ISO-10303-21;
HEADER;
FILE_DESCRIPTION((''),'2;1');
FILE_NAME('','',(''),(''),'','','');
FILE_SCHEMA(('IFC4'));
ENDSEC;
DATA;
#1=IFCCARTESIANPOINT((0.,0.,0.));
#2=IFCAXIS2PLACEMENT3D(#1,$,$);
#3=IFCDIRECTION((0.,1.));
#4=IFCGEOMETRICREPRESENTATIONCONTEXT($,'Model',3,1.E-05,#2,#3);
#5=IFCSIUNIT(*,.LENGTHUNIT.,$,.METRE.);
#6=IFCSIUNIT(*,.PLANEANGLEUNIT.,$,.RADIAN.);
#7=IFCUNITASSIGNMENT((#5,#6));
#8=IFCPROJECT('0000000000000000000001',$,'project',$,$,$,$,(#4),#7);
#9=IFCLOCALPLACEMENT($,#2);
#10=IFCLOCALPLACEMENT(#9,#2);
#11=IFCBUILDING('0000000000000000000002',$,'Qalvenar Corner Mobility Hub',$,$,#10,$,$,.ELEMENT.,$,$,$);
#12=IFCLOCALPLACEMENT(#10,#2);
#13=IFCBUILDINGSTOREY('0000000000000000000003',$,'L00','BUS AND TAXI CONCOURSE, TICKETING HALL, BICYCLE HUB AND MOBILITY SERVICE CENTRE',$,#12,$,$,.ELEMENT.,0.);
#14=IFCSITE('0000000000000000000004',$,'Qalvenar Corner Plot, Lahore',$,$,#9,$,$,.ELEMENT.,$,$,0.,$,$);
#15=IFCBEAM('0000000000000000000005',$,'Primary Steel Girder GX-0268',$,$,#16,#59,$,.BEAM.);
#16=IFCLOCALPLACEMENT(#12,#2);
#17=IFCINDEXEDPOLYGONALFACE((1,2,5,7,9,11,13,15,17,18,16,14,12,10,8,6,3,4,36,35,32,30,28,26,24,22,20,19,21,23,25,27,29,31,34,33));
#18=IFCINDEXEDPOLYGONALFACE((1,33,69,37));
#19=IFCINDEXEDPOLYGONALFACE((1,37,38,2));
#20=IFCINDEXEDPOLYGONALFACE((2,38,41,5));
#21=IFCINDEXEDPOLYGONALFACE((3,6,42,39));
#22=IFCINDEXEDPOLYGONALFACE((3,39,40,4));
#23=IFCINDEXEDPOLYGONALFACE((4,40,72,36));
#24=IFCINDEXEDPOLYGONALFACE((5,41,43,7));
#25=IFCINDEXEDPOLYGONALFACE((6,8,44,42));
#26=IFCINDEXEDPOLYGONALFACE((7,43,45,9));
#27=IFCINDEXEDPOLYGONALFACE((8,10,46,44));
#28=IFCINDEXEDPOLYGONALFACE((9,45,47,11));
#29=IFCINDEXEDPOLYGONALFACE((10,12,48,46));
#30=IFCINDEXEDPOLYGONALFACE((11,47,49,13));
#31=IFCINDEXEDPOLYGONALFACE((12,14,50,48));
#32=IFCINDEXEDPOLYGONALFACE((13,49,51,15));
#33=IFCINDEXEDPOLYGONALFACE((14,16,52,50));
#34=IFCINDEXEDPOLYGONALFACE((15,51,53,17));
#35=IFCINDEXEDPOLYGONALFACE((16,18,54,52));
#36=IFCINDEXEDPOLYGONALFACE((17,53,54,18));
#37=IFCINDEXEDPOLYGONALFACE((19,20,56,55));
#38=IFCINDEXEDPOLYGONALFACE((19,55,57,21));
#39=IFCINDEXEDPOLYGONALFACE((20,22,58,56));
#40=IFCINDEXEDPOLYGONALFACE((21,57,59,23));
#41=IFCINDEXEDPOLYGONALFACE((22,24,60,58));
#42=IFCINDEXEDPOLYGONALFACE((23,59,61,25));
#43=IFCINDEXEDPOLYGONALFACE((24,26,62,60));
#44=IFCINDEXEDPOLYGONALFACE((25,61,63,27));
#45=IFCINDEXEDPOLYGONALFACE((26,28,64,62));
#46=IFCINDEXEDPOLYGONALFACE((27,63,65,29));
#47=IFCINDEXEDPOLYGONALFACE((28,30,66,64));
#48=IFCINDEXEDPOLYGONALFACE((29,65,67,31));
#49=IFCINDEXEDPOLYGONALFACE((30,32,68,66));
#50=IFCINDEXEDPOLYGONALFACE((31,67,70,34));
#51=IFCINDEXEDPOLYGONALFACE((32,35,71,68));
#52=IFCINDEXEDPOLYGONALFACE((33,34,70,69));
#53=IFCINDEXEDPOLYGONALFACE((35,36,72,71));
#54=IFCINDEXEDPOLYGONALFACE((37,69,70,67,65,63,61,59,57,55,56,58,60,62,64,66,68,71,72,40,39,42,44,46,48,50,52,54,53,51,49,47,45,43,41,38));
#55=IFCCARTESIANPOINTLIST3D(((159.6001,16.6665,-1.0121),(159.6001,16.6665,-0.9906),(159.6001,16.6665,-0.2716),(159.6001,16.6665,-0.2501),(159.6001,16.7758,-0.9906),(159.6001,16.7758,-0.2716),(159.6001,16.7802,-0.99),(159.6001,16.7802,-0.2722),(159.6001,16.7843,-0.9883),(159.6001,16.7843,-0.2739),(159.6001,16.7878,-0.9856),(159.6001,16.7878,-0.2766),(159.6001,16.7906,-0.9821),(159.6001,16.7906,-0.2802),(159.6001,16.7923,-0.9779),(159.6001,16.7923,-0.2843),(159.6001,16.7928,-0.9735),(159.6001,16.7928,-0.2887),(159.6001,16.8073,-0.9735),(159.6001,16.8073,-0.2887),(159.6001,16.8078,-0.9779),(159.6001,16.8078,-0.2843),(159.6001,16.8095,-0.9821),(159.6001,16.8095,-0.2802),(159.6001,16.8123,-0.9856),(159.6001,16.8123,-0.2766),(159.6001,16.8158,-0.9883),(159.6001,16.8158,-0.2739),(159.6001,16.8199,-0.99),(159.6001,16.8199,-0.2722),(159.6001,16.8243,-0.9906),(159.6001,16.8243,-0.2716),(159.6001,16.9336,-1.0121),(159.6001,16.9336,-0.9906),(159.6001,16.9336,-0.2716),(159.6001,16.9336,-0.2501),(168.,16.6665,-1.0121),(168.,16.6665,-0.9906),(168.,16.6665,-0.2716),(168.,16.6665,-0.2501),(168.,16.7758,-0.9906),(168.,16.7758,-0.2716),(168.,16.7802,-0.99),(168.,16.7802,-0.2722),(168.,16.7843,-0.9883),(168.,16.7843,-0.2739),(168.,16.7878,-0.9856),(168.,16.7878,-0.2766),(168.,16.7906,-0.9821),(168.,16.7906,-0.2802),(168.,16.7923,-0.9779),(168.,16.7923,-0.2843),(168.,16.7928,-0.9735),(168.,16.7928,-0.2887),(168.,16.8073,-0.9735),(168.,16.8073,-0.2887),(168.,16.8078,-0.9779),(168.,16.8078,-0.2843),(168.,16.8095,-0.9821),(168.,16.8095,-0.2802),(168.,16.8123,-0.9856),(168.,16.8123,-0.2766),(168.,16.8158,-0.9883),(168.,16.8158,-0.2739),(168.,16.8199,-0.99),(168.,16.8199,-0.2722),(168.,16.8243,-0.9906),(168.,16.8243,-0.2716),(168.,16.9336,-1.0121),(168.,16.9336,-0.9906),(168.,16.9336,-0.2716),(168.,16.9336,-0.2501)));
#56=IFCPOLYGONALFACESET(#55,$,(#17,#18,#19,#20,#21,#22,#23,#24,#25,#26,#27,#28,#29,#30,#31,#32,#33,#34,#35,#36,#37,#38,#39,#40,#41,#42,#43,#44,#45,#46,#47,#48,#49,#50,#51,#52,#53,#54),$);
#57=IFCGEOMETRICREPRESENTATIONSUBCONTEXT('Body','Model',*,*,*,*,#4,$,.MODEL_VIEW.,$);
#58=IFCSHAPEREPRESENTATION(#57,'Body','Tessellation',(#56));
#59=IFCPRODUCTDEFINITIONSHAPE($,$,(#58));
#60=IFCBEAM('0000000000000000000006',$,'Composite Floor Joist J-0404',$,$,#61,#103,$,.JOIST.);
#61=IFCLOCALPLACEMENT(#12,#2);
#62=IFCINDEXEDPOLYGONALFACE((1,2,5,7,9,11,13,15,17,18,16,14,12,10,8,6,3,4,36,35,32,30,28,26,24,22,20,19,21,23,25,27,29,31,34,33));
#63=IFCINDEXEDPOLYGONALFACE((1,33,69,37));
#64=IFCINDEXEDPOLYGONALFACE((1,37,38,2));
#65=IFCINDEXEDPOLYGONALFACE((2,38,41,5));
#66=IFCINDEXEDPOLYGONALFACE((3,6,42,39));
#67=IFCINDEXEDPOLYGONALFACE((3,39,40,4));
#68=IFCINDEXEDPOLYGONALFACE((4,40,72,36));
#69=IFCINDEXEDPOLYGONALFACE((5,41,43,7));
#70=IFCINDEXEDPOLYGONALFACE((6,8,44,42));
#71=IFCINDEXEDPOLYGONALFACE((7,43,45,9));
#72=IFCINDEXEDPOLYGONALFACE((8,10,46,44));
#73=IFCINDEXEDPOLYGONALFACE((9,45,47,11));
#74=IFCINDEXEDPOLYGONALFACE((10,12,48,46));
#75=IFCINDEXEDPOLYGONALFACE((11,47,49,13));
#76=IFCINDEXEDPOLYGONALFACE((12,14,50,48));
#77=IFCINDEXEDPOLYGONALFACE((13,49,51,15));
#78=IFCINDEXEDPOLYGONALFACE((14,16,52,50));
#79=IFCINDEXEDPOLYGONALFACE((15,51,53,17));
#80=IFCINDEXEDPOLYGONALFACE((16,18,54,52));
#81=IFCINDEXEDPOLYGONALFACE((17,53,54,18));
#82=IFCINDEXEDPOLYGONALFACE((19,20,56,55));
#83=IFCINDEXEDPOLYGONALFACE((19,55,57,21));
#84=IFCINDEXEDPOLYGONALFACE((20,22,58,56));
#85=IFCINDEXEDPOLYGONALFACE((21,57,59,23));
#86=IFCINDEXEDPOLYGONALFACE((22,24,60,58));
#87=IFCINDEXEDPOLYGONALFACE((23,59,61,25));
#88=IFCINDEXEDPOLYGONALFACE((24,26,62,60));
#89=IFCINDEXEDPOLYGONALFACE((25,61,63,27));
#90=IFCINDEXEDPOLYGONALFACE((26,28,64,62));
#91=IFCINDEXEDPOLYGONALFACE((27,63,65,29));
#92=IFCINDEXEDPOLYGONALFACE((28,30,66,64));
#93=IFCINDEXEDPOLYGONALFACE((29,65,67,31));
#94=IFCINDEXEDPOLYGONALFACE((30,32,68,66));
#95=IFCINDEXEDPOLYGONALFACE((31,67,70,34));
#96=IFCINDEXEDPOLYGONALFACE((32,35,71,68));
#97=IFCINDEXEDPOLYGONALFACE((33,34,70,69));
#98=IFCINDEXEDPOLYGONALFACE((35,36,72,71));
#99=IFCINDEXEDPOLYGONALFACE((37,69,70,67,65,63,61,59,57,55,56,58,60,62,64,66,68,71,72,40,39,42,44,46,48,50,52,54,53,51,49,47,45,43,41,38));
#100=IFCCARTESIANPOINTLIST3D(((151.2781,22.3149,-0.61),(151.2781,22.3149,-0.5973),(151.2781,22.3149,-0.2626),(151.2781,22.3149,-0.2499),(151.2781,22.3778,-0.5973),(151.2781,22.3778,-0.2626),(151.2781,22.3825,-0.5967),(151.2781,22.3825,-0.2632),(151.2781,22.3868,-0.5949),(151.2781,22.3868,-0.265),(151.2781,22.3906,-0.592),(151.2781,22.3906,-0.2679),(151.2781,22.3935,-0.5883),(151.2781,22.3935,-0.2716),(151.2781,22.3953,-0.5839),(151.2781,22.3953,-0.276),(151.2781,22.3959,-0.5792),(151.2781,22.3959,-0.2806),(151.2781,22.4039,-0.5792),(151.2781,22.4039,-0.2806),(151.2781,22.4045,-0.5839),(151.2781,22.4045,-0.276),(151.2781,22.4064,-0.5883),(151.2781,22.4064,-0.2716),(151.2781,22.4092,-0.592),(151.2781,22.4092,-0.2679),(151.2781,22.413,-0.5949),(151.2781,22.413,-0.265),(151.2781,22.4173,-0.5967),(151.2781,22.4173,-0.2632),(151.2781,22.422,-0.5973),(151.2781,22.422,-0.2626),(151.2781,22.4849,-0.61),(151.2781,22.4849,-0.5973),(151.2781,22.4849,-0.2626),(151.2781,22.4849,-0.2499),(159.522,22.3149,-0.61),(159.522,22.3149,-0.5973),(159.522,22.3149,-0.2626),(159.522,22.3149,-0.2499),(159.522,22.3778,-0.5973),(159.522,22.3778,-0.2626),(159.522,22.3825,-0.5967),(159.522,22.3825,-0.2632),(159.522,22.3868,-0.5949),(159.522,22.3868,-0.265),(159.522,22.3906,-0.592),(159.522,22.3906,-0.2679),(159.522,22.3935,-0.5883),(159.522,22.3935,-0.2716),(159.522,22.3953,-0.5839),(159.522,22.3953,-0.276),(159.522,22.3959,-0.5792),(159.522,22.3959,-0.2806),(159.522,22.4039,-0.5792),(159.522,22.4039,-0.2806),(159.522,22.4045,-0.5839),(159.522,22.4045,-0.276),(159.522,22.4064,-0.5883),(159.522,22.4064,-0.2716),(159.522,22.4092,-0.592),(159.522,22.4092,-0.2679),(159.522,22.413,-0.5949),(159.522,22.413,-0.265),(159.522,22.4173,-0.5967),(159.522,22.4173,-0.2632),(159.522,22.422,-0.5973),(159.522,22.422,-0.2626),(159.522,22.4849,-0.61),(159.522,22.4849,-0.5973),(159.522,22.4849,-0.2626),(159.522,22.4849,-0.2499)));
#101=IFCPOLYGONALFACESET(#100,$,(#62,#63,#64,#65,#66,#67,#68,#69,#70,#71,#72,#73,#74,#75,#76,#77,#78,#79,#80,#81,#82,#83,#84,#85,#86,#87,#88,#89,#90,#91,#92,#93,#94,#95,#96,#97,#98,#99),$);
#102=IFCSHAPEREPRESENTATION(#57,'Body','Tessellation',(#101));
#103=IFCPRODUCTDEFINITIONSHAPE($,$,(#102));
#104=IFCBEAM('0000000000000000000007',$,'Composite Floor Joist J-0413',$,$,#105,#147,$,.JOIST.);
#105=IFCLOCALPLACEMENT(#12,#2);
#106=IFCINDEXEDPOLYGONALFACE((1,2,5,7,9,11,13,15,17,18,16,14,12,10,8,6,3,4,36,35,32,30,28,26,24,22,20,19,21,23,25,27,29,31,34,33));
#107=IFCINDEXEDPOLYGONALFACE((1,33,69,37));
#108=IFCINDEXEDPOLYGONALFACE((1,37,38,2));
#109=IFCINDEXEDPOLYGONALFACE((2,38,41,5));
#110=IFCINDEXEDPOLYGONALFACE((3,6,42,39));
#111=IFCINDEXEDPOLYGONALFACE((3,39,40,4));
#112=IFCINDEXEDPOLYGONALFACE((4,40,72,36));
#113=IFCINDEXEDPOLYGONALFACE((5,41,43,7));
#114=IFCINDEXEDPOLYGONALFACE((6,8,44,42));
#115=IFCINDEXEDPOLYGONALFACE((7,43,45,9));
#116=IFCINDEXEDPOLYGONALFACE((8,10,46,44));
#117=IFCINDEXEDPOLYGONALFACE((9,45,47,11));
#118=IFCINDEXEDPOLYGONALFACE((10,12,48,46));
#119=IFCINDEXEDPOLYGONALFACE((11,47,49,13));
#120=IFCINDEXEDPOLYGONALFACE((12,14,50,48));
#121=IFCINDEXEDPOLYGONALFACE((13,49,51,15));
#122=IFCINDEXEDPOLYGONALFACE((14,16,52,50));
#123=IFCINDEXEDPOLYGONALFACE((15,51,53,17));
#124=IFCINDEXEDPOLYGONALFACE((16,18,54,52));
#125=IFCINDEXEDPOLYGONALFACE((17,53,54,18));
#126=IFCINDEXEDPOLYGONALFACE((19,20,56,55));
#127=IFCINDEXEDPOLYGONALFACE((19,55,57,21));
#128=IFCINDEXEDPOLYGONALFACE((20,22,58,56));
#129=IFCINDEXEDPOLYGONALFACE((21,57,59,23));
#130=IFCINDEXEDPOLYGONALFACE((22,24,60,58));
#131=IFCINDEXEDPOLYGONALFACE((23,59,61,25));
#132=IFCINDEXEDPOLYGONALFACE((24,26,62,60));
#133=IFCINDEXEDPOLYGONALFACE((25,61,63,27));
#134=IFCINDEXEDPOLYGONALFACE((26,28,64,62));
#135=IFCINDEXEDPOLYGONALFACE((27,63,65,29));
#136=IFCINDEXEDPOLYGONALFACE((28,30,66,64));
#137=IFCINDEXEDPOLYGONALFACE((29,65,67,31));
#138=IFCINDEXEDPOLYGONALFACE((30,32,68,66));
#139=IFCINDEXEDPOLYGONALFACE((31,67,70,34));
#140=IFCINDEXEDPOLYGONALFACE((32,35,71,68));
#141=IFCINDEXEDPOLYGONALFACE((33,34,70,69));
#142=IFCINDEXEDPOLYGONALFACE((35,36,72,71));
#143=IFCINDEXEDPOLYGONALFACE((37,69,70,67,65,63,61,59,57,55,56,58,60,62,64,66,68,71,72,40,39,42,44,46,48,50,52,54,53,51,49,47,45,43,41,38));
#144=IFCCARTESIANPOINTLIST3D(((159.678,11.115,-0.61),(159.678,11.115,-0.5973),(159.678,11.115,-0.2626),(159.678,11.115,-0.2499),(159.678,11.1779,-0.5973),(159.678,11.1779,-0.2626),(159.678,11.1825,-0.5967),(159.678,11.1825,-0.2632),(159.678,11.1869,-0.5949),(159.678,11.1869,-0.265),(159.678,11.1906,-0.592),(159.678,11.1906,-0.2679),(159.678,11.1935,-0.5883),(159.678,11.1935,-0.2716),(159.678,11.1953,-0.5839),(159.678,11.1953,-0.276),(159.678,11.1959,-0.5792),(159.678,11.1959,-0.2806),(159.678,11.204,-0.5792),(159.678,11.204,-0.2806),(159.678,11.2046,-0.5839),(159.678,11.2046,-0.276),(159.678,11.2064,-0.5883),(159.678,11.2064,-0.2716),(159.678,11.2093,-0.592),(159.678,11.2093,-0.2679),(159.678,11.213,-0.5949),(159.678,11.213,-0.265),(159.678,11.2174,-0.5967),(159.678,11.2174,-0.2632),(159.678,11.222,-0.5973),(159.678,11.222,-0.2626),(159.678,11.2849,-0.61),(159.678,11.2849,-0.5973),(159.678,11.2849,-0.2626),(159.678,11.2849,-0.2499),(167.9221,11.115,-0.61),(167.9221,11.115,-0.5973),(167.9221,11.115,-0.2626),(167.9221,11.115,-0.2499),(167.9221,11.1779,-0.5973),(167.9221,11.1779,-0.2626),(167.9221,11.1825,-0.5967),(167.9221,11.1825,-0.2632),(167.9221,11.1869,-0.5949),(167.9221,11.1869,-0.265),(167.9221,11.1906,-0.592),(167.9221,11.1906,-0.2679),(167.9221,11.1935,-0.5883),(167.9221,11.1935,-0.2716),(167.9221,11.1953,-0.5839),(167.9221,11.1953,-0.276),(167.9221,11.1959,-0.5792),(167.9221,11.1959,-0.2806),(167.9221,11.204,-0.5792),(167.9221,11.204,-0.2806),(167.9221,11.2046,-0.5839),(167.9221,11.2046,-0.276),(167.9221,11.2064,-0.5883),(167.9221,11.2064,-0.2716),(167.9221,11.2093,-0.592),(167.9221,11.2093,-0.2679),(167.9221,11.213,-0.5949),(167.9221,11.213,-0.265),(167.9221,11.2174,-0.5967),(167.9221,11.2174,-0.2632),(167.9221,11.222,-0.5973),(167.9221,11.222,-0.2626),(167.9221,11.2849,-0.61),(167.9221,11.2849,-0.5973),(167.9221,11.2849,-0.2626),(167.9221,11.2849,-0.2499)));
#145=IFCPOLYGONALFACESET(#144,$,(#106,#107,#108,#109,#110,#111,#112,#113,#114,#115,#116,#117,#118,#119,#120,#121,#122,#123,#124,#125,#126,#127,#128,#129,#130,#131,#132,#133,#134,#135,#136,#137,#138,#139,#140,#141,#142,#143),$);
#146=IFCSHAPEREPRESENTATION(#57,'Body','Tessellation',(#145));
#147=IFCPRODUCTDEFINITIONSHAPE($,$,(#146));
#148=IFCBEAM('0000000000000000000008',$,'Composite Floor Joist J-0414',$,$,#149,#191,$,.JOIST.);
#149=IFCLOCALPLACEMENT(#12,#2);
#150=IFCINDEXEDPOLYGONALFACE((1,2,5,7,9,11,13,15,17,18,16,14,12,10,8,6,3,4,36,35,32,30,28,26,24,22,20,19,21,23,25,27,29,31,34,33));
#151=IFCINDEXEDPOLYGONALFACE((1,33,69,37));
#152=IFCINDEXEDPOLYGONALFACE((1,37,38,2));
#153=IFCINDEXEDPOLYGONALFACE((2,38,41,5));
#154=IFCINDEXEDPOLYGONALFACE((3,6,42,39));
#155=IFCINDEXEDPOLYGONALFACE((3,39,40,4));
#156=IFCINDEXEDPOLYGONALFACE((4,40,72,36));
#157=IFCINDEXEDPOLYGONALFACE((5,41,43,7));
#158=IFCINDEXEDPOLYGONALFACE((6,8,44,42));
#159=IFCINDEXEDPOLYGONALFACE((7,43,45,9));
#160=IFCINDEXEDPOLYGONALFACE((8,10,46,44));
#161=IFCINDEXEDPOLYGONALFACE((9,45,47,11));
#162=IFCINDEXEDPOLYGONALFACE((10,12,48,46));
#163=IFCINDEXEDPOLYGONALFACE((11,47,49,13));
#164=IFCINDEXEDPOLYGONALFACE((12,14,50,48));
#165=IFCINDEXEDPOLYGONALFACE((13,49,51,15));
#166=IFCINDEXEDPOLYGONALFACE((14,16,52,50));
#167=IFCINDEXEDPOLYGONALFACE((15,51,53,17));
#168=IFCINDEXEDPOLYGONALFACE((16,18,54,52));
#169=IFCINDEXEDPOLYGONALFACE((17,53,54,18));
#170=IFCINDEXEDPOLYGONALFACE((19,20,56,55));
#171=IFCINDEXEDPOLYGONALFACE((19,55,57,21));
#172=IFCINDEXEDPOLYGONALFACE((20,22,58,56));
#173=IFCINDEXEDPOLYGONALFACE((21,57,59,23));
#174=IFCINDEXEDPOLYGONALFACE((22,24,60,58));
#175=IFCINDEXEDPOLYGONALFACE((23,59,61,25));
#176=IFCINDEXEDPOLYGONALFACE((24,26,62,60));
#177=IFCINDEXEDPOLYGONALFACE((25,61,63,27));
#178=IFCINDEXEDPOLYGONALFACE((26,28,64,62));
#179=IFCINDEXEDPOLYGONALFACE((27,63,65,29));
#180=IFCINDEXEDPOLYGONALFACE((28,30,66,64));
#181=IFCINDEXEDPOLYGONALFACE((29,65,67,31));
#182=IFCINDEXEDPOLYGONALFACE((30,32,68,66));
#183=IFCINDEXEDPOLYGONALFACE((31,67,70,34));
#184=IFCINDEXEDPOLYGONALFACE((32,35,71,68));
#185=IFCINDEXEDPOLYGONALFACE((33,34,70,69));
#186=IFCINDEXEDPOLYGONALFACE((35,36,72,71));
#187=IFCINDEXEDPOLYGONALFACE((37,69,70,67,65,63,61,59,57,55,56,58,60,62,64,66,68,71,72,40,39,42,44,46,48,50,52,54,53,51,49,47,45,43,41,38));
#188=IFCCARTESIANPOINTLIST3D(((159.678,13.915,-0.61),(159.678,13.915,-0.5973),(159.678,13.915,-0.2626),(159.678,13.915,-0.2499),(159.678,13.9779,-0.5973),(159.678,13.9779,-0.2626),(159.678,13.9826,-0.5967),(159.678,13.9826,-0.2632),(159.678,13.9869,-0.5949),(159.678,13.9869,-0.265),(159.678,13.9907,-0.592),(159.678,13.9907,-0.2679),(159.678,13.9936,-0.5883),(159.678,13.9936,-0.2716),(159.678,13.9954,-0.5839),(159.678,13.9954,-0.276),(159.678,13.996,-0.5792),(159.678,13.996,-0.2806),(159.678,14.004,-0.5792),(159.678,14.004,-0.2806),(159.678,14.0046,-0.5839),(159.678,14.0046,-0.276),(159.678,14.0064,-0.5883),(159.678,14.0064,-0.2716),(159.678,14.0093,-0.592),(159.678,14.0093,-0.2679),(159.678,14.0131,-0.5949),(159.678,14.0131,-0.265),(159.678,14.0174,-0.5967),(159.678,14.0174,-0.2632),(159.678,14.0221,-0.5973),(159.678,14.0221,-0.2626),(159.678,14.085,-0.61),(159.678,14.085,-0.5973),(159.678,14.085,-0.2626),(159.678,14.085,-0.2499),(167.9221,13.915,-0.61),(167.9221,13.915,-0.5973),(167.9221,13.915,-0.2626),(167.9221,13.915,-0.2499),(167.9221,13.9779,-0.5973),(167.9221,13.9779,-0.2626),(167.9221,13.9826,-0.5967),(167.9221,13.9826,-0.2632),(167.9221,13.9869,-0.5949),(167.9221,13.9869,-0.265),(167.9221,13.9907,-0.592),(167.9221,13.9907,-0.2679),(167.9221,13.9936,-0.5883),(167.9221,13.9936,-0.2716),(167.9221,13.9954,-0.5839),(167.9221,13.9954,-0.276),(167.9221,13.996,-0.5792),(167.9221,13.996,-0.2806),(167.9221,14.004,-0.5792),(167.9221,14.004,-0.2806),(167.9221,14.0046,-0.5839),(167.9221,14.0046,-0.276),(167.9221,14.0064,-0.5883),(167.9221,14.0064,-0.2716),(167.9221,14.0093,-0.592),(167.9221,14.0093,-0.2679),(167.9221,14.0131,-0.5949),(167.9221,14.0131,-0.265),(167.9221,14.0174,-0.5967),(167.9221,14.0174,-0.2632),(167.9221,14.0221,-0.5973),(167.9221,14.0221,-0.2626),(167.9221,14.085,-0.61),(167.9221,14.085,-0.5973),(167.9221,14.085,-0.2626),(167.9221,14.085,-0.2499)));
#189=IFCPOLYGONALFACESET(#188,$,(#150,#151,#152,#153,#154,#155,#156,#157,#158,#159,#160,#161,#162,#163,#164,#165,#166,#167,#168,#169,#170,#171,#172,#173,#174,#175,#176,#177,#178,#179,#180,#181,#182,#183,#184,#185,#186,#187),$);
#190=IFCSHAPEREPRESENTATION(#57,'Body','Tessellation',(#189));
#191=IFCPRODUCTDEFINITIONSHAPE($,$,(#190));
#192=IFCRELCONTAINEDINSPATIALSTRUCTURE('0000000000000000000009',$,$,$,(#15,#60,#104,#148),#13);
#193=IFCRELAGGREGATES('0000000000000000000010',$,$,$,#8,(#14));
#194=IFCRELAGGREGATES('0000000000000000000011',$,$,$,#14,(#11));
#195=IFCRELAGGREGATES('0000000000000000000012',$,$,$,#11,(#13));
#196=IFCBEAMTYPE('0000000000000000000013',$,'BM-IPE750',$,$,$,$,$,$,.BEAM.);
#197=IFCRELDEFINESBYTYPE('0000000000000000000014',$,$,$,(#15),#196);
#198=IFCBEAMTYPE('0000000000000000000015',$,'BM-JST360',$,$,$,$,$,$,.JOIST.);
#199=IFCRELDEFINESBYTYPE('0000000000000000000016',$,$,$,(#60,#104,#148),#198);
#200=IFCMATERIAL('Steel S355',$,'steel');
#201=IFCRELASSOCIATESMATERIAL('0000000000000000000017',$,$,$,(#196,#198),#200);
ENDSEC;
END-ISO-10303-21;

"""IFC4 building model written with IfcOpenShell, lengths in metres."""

from ifc_helpers import new_model, si_unit, direction, frame, origin, origin_2d, place, context, subcontext, project, spatial, i_section, extrude, material, material_profile, profile_set, type_object, element, save


model = new_model("IFC4")

# Units and contexts
model_context = context("Model", 3, precision=1e-05, world=origin(), true_north=direction((0.0, 1.0)))
body_context = subcontext(model_context, "Body", "Model", "MODEL_VIEW")
ifc_project = project(units=[si_unit("LENGTHUNIT", "METRE"), si_unit("PLANEANGLEUNIT", "RADIAN")], contexts=[model_context])

# Site, building, storey
site_placement = place(None, origin())
site = spatial("IfcSite", under=ifc_project, at=site_placement, Name="Qalvenar Corner Plot, Lahore", CompositionType="ELEMENT", RefElevation=0.0)
building_placement = place(site_placement, origin())
building = spatial("IfcBuilding", under=site, at=building_placement, Name="Qalvenar Corner Mobility Hub", CompositionType="ELEMENT")
storey_placement = place(building_placement, origin())
storey = spatial("IfcBuildingStorey", under=building, at=storey_placement, Name="L00", Description="BUS AND TAXI CONCOURSE, TICKETING HALL, BICYCLE HUB AND MOBILITY SERVICE CENTRE", CompositionType="ELEMENT", Elevation=0.0)

# Shared definitions
ifc_material_1 = material(Name="Steel S355", Category="steel")

# Beams
ifc_material_profile_1 = material_profile(ifc_material_1, i_section(OverallWidth=0.2671, OverallDepth=0.762, WebThickness=0.0144, FlangeThickness=0.0215, FilletRadius=0.0171, at=origin_2d()), Name="IPE750x173")
ifc_profile_set_1 = profile_set([ifc_material_profile_1], Name="Steel S355")
beam_type_1 = type_object("IfcBeamType", Name="BM-IPE750", PredefinedType="BEAM", material=ifc_profile_set_1)
beam_1_placement = place(storey_placement, frame((159.6001, 16.8, -0.6311), z_axis=(1.0, 0.0, 0.0), x_axis=(0.0, 1.0, 0.0)))
element("IfcBeam", 1, at=beam_1_placement, inside=storey, type_object=beam_type_1, Name="Primary Steel Girder GX-0268", PredefinedType="BEAM", context=body_context, shape_type="SweptSolid", body=[
    extrude(i_section(OverallWidth=0.2671, OverallDepth=0.762, WebThickness=0.0144, FlangeThickness=0.0215, FilletRadius=0.0171, at=origin_2d()), origin(), (0.0, 0.0, 1.0), 8.3999),
])
ifc_material_profile_2 = material_profile(ifc_material_1, i_section(OverallWidth=0.1699, OverallDepth=0.3601, WebThickness=0.0081, FlangeThickness=0.0127, FilletRadius=0.0181, at=origin_2d()), Name="IPE360")
ifc_profile_set_2 = profile_set([ifc_material_profile_2], Name="Steel S355")
beam_type_2 = type_object("IfcBeamType", Name="BM-JST360", PredefinedType="JOIST", material=ifc_profile_set_2)
beam_2_placement = place(storey_placement, frame((151.2781, 22.3999, -0.4299), z_axis=(1.0, 0.0, 0.0), x_axis=(0.0, 1.0, 0.0)))
element("IfcBeam", 2, at=beam_2_placement, inside=storey, type_object=beam_type_2, Name="Composite Floor Joist J-0404", PredefinedType="JOIST", context=body_context, shape_type="SweptSolid", body=[
    extrude(i_section(OverallWidth=0.1699, OverallDepth=0.3601, WebThickness=0.0081, FlangeThickness=0.0127, FilletRadius=0.0181, at=origin_2d()), origin(), (0.0, 0.0, 1.0), 8.2439),
])
for number, where, z_axis, x_axis, name in (
    (3, (159.678, 11.2, -0.4299), (1.0, 0.0, 0.0), (0.0, 1.0, 0.0), "Composite Floor Joist J-0413"),
    (4, (159.678, 14.0, -0.4299), (1.0, 0.0, 0.0), (0.0, 1.0, 0.0), "Composite Floor Joist J-0414"),
):
    element("IfcBeam", number, at=place(storey_placement, frame(where, z_axis=z_axis, x_axis=x_axis)), inside=storey, type_object=beam_type_2, Name=name, PredefinedType="JOIST", context=body_context, shape_type="SweptSolid", body=[
        extrude(i_section(OverallWidth=0.1699, OverallDepth=0.3601, WebThickness=0.0081, FlangeThickness=0.0127, FilletRadius=0.0181, at=origin_2d()), origin(), (0.0, 0.0, 1.0), 8.2441),
    ])

save(model, "model.ifc")
